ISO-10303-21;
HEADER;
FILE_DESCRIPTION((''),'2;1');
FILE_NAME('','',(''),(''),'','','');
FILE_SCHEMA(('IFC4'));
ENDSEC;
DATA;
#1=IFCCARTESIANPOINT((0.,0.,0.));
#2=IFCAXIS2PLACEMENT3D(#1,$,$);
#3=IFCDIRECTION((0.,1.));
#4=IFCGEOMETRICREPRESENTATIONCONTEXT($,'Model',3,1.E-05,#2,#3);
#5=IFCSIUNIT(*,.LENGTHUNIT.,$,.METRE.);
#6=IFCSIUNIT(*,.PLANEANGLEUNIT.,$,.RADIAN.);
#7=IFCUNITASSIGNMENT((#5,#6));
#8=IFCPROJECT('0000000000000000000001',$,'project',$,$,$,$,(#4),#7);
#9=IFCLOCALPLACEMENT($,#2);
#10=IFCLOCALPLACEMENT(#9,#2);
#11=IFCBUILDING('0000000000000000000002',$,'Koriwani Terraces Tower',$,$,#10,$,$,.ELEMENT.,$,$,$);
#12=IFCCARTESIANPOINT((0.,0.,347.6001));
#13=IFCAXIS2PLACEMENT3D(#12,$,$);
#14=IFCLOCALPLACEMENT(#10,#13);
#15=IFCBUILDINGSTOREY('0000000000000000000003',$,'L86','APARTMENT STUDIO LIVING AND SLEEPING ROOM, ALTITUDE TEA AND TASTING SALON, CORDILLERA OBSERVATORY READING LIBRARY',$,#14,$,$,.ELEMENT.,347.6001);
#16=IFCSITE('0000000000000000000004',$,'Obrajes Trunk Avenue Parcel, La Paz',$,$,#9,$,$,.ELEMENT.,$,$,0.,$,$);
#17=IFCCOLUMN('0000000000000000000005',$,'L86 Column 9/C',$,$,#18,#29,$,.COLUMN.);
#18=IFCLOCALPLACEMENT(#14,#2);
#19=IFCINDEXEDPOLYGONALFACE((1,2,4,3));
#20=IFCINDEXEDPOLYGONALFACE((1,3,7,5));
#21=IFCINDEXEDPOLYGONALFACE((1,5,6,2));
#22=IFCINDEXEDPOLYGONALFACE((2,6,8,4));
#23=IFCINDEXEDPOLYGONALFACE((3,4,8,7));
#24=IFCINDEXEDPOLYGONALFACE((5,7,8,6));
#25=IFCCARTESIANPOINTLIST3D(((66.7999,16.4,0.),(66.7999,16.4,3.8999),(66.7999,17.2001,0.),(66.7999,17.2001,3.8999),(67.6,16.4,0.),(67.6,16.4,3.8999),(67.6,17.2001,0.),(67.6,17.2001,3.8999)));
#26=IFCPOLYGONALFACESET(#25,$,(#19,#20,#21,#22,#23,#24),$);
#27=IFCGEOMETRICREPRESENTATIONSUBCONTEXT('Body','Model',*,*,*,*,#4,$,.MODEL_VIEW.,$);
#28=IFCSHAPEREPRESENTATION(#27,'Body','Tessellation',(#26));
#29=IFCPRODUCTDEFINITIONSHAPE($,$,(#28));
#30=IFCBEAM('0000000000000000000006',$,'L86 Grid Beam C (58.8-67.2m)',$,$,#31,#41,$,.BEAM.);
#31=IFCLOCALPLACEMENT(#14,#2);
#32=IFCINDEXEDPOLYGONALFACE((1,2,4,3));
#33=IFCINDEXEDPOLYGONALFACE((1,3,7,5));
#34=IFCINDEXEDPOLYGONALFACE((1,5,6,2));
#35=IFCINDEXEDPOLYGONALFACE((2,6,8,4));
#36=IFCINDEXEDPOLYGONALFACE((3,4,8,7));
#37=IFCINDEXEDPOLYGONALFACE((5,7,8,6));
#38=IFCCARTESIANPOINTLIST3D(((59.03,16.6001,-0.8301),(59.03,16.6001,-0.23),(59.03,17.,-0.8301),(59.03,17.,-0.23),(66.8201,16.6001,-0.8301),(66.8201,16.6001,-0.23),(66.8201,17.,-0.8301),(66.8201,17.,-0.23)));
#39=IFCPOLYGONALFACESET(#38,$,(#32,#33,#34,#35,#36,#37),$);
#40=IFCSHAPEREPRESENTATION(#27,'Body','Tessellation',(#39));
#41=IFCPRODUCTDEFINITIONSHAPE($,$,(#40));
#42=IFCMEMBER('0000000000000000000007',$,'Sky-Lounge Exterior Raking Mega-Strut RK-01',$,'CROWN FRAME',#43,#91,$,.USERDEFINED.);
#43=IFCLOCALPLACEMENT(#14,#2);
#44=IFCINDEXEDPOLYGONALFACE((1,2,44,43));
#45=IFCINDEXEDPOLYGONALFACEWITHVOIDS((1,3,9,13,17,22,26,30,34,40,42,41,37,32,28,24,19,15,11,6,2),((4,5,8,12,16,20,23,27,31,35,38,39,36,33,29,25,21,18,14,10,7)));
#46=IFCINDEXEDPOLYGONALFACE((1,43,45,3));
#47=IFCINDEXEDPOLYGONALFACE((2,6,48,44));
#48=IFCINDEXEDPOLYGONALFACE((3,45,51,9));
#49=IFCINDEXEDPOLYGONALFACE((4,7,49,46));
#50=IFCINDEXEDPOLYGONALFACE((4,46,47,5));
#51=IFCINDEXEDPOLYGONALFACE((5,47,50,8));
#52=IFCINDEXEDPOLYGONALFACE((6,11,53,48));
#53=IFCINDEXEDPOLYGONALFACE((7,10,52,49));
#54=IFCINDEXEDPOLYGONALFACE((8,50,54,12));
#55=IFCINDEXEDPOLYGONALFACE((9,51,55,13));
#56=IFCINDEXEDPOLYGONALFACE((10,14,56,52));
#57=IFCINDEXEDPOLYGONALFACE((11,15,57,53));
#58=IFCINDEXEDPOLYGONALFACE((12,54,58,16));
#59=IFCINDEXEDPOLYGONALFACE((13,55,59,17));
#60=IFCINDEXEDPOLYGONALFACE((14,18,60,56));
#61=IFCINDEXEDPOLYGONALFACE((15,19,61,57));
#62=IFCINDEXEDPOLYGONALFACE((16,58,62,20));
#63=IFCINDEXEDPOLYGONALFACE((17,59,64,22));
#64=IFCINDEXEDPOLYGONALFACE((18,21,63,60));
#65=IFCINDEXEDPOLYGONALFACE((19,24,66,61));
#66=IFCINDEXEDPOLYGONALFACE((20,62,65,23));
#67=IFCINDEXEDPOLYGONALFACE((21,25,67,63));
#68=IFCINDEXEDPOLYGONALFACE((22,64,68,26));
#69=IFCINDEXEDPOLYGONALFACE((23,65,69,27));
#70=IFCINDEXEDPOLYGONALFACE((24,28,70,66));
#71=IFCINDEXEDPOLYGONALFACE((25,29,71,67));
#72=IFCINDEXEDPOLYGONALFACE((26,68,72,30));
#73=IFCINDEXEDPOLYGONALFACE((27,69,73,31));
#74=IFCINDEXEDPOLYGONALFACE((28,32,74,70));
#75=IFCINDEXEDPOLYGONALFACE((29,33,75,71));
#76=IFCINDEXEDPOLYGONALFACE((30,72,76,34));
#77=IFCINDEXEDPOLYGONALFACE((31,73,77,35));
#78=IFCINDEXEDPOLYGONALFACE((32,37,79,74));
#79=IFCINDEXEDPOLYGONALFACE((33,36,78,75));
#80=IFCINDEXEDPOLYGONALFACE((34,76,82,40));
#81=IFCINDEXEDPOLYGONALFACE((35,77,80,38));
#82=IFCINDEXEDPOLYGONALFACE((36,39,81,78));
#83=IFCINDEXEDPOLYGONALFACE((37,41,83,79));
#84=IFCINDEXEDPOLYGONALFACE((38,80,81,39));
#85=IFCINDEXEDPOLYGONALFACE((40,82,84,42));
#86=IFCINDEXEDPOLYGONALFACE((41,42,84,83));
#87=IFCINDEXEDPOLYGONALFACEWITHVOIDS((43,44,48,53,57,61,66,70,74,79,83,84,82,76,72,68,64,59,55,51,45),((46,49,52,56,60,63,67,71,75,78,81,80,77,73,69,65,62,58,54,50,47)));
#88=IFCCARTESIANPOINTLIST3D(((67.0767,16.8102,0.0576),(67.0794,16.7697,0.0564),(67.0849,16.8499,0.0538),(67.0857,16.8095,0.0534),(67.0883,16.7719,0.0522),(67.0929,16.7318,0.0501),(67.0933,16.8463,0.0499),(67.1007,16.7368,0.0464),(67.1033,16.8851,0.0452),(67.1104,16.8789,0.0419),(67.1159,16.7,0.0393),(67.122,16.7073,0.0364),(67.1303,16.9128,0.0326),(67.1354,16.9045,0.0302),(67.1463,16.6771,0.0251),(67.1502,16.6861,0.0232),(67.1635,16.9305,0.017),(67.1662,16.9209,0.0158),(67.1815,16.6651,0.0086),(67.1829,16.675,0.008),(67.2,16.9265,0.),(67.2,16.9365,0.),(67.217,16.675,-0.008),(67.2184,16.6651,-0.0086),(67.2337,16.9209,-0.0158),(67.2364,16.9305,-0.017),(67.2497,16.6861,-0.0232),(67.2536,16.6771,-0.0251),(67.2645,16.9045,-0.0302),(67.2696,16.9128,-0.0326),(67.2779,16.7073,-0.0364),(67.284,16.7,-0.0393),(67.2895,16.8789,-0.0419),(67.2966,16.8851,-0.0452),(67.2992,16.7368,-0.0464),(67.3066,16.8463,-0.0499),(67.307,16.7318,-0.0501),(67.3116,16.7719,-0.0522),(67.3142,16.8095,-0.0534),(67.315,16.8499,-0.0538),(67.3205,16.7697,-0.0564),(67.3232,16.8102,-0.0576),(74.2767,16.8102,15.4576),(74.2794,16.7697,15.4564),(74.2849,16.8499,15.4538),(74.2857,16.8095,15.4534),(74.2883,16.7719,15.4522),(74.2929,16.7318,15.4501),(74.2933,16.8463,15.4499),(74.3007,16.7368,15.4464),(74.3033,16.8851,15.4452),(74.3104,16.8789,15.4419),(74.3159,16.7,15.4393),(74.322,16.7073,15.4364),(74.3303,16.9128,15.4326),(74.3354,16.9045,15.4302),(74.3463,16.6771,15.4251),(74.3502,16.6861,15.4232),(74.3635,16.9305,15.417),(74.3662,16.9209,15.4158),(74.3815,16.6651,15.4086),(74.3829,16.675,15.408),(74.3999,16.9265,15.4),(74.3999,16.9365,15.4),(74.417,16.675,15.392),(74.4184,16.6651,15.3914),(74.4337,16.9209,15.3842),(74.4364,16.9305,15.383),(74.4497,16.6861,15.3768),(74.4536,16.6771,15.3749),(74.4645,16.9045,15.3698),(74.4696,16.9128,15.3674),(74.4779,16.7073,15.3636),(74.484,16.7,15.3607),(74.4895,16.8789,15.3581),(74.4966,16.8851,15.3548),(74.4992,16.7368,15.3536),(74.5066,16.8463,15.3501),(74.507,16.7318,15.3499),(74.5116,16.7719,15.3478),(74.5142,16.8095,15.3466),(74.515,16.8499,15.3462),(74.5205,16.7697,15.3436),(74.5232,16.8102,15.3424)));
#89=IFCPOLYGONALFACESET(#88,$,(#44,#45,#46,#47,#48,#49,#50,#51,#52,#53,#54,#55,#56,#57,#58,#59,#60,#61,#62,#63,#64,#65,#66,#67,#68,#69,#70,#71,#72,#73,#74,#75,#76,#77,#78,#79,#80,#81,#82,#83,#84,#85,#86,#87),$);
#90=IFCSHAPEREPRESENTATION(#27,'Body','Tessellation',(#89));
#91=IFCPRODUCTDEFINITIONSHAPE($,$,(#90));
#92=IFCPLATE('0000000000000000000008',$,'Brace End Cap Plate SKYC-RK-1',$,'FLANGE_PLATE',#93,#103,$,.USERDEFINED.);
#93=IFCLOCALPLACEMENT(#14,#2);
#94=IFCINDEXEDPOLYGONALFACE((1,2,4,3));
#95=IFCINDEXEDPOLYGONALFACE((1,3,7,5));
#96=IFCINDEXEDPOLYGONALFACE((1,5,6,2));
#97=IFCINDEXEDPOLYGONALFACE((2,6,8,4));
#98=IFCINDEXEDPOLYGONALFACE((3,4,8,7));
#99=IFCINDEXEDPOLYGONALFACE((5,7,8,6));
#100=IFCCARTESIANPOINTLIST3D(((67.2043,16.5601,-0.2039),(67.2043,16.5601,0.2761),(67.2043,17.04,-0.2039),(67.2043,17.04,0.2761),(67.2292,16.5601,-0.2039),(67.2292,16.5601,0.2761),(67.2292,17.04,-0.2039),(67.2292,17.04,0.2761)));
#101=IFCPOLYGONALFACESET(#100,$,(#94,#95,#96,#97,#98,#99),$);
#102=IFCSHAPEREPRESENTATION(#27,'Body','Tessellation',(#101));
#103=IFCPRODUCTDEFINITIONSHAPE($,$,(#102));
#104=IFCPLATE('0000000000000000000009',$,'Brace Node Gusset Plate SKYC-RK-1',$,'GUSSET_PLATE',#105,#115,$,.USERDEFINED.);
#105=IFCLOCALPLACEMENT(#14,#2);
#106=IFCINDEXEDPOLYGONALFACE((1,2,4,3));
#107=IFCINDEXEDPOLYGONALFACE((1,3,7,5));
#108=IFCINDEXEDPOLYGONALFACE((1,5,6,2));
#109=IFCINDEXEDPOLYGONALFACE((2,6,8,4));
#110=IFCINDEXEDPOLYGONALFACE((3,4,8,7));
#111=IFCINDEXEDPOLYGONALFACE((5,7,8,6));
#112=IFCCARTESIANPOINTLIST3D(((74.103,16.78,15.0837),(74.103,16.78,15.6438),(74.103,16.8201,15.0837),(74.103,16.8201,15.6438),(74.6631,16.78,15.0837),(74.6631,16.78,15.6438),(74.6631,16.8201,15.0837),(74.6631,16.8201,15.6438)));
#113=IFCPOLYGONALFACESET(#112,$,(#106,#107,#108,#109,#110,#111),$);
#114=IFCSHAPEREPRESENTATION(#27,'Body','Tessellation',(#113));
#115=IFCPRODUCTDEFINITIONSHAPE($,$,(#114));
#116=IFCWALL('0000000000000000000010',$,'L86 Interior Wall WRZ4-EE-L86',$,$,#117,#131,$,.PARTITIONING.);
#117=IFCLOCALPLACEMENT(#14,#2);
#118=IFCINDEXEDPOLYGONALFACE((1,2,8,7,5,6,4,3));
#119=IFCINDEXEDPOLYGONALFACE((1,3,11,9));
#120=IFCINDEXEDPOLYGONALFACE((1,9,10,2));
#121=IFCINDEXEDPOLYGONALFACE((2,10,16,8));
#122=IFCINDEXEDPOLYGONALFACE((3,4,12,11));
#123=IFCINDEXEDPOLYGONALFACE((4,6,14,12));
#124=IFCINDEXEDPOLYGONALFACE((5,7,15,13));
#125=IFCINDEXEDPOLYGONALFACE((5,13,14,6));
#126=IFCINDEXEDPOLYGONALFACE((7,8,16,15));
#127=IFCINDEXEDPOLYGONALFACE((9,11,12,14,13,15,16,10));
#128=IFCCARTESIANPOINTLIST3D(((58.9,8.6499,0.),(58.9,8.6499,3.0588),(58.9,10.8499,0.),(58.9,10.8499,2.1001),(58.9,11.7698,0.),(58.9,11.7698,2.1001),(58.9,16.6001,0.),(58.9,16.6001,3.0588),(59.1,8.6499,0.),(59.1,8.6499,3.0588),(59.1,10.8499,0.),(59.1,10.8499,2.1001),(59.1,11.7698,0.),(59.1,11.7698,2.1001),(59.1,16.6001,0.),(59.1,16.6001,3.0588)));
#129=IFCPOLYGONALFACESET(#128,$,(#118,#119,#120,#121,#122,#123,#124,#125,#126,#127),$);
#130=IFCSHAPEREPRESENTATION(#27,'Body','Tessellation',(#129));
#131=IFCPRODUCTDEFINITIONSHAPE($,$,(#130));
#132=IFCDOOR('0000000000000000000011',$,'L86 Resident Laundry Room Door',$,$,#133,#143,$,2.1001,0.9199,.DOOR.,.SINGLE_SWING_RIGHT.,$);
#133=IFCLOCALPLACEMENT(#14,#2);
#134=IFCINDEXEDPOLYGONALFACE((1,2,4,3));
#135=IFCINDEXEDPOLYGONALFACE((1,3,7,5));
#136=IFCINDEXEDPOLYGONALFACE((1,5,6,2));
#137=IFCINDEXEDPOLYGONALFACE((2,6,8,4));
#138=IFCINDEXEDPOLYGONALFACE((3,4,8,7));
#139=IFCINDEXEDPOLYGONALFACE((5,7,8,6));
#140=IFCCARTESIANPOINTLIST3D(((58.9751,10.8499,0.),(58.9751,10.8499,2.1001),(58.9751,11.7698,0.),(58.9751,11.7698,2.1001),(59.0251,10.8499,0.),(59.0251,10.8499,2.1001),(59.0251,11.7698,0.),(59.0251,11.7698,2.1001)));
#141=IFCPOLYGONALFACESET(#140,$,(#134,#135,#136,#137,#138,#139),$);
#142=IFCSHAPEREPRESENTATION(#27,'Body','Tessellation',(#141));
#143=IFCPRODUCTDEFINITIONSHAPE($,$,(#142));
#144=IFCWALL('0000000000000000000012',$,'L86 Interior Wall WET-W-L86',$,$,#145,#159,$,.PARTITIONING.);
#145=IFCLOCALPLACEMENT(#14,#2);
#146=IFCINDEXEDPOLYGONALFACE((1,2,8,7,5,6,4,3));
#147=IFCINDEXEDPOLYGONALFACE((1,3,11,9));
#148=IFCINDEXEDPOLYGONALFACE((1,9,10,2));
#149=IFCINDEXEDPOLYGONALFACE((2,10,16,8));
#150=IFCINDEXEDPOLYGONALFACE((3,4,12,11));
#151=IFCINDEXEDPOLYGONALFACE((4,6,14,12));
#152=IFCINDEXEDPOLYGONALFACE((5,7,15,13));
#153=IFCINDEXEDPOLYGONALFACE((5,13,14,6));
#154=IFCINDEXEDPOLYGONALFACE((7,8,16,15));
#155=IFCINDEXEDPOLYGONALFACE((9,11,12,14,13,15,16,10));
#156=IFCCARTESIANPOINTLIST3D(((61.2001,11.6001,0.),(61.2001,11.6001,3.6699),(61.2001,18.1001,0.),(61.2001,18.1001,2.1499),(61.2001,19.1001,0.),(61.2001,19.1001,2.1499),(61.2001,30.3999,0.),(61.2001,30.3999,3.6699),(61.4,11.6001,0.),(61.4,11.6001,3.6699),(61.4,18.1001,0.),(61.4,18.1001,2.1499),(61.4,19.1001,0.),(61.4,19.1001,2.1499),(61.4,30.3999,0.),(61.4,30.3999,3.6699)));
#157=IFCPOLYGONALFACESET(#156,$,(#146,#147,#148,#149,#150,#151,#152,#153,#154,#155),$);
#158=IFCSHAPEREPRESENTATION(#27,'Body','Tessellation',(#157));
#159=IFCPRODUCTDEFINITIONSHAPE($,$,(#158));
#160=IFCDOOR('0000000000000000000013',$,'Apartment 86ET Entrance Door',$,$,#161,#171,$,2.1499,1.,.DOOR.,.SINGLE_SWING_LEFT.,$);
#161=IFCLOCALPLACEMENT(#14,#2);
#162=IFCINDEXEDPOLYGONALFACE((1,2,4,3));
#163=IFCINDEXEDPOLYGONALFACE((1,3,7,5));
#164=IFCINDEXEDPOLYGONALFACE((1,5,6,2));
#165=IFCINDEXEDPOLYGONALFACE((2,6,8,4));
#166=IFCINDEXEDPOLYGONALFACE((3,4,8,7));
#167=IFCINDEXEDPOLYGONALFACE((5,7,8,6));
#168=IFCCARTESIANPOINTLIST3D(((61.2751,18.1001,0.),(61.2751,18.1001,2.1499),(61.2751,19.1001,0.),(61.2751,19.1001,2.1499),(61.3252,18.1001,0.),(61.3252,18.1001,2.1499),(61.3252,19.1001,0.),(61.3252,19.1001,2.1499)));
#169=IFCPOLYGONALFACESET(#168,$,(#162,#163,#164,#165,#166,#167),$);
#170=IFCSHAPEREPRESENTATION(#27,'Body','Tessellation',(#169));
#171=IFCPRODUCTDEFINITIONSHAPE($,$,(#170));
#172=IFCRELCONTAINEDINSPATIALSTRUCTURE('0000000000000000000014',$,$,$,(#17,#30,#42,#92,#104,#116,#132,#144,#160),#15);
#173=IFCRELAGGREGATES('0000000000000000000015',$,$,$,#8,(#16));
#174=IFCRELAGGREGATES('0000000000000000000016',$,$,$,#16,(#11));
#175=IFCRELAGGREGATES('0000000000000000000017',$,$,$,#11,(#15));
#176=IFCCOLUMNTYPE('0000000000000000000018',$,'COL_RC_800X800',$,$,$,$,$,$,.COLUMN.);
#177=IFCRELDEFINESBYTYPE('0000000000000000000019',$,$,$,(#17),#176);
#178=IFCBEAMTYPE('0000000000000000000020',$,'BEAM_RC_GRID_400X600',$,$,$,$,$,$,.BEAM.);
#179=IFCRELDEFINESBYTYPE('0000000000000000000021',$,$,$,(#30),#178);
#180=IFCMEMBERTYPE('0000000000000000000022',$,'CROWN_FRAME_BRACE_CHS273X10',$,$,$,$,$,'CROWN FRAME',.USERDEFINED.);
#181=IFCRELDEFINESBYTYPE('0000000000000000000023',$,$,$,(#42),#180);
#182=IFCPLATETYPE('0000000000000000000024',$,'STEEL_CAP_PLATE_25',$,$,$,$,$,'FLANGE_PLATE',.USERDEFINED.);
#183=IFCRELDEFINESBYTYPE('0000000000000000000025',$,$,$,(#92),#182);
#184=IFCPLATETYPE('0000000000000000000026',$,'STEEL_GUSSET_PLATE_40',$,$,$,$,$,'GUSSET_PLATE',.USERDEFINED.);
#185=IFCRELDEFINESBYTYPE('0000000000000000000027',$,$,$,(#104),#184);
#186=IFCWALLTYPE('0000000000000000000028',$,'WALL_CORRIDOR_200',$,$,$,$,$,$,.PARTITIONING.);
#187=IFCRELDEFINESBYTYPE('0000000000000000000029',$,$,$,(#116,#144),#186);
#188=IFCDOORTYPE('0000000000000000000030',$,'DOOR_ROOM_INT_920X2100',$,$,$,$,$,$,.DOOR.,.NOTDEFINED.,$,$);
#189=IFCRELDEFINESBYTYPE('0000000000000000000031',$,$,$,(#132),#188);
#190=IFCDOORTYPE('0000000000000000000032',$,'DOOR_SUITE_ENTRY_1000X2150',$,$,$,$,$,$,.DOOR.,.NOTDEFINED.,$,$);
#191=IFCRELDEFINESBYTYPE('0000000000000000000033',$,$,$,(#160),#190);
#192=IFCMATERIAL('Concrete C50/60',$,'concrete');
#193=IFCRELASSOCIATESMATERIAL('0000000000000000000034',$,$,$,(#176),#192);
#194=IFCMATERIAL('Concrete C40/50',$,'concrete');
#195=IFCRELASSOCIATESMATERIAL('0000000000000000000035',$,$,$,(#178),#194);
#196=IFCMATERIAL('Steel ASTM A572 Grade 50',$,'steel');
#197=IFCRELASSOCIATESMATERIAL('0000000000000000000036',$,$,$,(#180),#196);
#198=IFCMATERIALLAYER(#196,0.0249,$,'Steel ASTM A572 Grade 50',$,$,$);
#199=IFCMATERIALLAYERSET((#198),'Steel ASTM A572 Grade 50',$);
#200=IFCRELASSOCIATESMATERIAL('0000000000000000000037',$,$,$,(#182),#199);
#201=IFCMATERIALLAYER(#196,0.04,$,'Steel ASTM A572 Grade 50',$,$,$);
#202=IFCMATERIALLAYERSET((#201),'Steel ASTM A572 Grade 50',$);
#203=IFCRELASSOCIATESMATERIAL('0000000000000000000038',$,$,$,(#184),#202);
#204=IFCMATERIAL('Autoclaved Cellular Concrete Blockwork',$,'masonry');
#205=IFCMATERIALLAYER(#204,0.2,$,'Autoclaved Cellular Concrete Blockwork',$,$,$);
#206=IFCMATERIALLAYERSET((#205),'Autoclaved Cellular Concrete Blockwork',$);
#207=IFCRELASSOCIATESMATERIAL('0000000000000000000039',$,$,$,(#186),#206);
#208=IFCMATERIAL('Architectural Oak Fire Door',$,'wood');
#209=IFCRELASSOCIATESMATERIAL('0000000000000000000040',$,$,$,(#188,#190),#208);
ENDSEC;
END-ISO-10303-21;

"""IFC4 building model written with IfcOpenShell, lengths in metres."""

from ifc_helpers import new_model, si_unit, direction, frame, frame_2d, origin, origin_2d, place, context, subcontext, project, spatial, rectangle, hollow_circle, extrude, material, layer, layer_set, material_profile, profile_set, type_object, element, fill, save


model = new_model("IFC4")

# Units and contexts
model_context = context("Model", 3, precision=1e-05, world=origin(), true_north=direction((0.0, 1.0)))
body_context = subcontext(model_context, "Body", "Model", "MODEL_VIEW")
ifc_project = project(units=[si_unit("LENGTHUNIT", "METRE"), si_unit("PLANEANGLEUNIT", "RADIAN")], contexts=[model_context])

# Site, building, storey
site_placement = place(None, origin())
site = spatial("IfcSite", under=ifc_project, at=site_placement, Name="Obrajes Trunk Avenue Parcel, La Paz", CompositionType="ELEMENT", RefElevation=0.0)
building_placement = place(site_placement, origin())
building = spatial("IfcBuilding", under=site, at=building_placement, Name="Koriwani Terraces Tower", CompositionType="ELEMENT")
storey_placement = place(building_placement, frame((0.0, 0.0, 347.6001)))
storey = spatial("IfcBuildingStorey", under=building, at=storey_placement, Name="L86", Description="APARTMENT STUDIO LIVING AND SLEEPING ROOM, ALTITUDE TEA AND TASTING SALON, CORDILLERA OBSERVATORY READING LIBRARY", CompositionType="ELEMENT", Elevation=347.6001)

# Column
ifc_material_1 = material(Name="Concrete C50/60", Category="concrete")
ifc_material_profile_1 = material_profile(ifc_material_1, rectangle(XDim=0.8, YDim=0.8, at=origin_2d()), Name="Concrete C50/60", Category="LoadBearing")
ifc_profile_set_1 = profile_set([ifc_material_profile_1], Name="Concrete C50/60")
column_type = type_object("IfcColumnType", Name="COL_RC_800X800", PredefinedType="COLUMN", material=ifc_profile_set_1)
column_placement = place(storey_placement, frame((67.2, 16.8, 0.0), z_axis=(0.0, 0.0, 1.0), x_axis=(1.0, 0.0, 0.0)))
element("IfcColumn", 1, at=column_placement, inside=storey, type_object=column_type, Name="L86 Column 9/C", PredefinedType="COLUMN", context=body_context, shape_type="SweptSolid", body=[
    extrude(rectangle(XDim=0.8, YDim=0.8, at=origin_2d()), origin(), (0.0, 0.0, 1.0), 3.8999),
])

# Beam
ifc_material_2 = material(Name="Concrete C40/50", Category="concrete")
ifc_material_profile_2 = material_profile(ifc_material_2, rectangle(XDim=0.3999, YDim=0.6001, at=origin_2d()), Name="Concrete C40/50", Category="LoadBearing")
ifc_profile_set_2 = profile_set([ifc_material_profile_2], Name="Concrete C40/50")
beam_type = type_object("IfcBeamType", Name="BEAM_RC_GRID_400X600", PredefinedType="BEAM", material=ifc_profile_set_2)
beam_placement = place(storey_placement, frame((59.03, 16.8, -0.53), z_axis=(1.0, 0.0, 0.0), x_axis=(0.0, 1.0, 0.0)))
element("IfcBeam", 2, at=beam_placement, inside=storey, type_object=beam_type, Name="L86 Grid Beam C (58.8-67.2m)", PredefinedType="BEAM", context=body_context, shape_type="SweptSolid", body=[
    extrude(rectangle(XDim=0.3999, YDim=0.6001, at=origin_2d()), origin(), (0.0, 0.0, 1.0), 7.79),
])

# Member
ifc_material_3 = material(Name="Steel ASTM A572 Grade 50", Category="steel")
ifc_material_profile_3 = material_profile(ifc_material_3, hollow_circle(Radius=0.1365, WallThickness=0.01, at=origin_2d()), Name="Steel ASTM A572 Grade 50", Category="LoadBearing")
ifc_profile_set_3 = profile_set([ifc_material_profile_3], Name="Steel ASTM A572 Grade 50")
member_type = type_object("IfcMemberType", Name="CROWN_FRAME_BRACE_CHS273X10", ElementType="CROWN FRAME", PredefinedType="USERDEFINED", material=ifc_profile_set_3)
member_placement = place(storey_placement, frame((67.2, 16.8, 0.0), z_axis=(0.423529, 0.0, 0.905882), x_axis=(0.0, 1.0, 0.0)))
element("IfcMember", 3, at=member_placement, inside=storey, type_object=member_type, Name="Sky-Lounge Exterior Raking Mega-Strut RK-01", ObjectType="CROWN FRAME", PredefinedType="USERDEFINED", context=body_context, shape_type="SweptSolid", body=[
    extrude(hollow_circle(Radius=0.1365, WallThickness=0.01, at=origin_2d()), origin(), (0.0, 0.0, 1.0), 17.0),
])

# Plates
ifc_layer_1 = layer(ifc_material_3, 0.0249, Name="Steel ASTM A572 Grade 50")
ifc_layer_set_1 = layer_set([ifc_layer_1], Name="Steel ASTM A572 Grade 50")
plate_type_1 = type_object("IfcPlateType", Name="STEEL_CAP_PLATE_25", ElementType="FLANGE_PLATE", PredefinedType="USERDEFINED", material=ifc_layer_set_1)
plate_1_placement = place(storey_placement, frame((67.2168, 16.8, -0.2039), z_axis=(0.0, 0.0, 1.0), x_axis=(1.0, 0.0, 0.0)))
element("IfcPlate", 4, at=plate_1_placement, inside=storey, type_object=plate_type_1, Name="Brace End Cap Plate SKYC-RK-1", ObjectType="FLANGE_PLATE", PredefinedType="USERDEFINED", context=body_context, shape_type="SweptSolid", body=[
    extrude(rectangle(XDim=0.0249, YDim=0.48, at=origin_2d()), origin(), (0.0, 0.0, 1.0), 0.48),
])
ifc_layer_2 = layer(ifc_material_3, 0.04, Name="Steel ASTM A572 Grade 50")
ifc_layer_set_2 = layer_set([ifc_layer_2], Name="Steel ASTM A572 Grade 50")
plate_type_2 = type_object("IfcPlateType", Name="STEEL_GUSSET_PLATE_40", ElementType="GUSSET_PLATE", PredefinedType="USERDEFINED", material=ifc_layer_set_2)
plate_2_placement = place(storey_placement, frame((74.3831, 16.8, 15.0837), z_axis=(0.0, 0.0, 1.0), x_axis=(1.0, 0.0, 0.0)))
element("IfcPlate", 5, at=plate_2_placement, inside=storey, type_object=plate_type_2, Name="Brace Node Gusset Plate SKYC-RK-1", ObjectType="GUSSET_PLATE", PredefinedType="USERDEFINED", context=body_context, shape_type="SweptSolid", body=[
    extrude(rectangle(XDim=0.5601, YDim=0.04, at=origin_2d()), origin(), (0.0, 0.0, 1.0), 0.5601),
])

# Walls, openings, doors
ifc_material_4 = material(Name="Autoclaved Cellular Concrete Blockwork", Category="masonry")
ifc_layer_3 = layer(ifc_material_4, 0.2, Name="Autoclaved Cellular Concrete Blockwork")
ifc_layer_set_3 = layer_set([ifc_layer_3], Name="Autoclaved Cellular Concrete Blockwork")
wall_type_1 = type_object("IfcWallType", Name="WALL_CORRIDOR_200", PredefinedType="PARTITIONING", material=ifc_layer_set_3)
wall_1_placement = place(storey_placement, frame((59.0, 8.6499, 0.0), z_axis=(0.0, 0.0, 1.0), x_axis=(0.0, 1.0, 0.0)))
wall_1 = element("IfcWall", 6, at=wall_1_placement, inside=storey, type_object=wall_type_1, Name="L86 Interior Wall WRZ4-EE-L86", PredefinedType="PARTITIONING", context=body_context, shape_type="SweptSolid", body=[
    extrude(rectangle(XDim=7.9502, YDim=0.2, at=frame_2d((3.9751, 0.0))), origin(), (0.0, 0.0, 1.0), 3.0588),
])
opening_1_placement = place(wall_1_placement, frame((2.2, 0.0, 0.0)))
opening_1 = element("IfcOpeningElement", 7, at=opening_1_placement, cuts=wall_1, PredefinedType="OPENING", context=body_context, shape_type="SweptSolid", body=[
    extrude(rectangle(XDim=0.9199, YDim=2.1001, at=frame_2d((0.46, 1.05))), frame((0.0, 0.1099, 0.0), z_axis=(0.0, -1.0, 0.0), x_axis=(1.0, 0.0, 0.0)), (0.0, 0.0, 1.0), 0.22),
])
ifc_material_5 = material(Name="Architectural Oak Fire Door", Category="wood")
door_type_1 = type_object("IfcDoorType", Name="DOOR_ROOM_INT_920X2100", OperationType="NOTDEFINED", PredefinedType="DOOR", material=ifc_material_5)
door_1_placement = place(opening_1_placement, origin())
door_1 = element("IfcDoor", 8, at=door_1_placement, inside=storey, type_object=door_type_1, Name="L86 Resident Laundry Room Door", OperationType="SINGLE_SWING_RIGHT", OverallHeight=2.1001, OverallWidth=0.9199, PredefinedType="DOOR", context=body_context, shape_type="SweptSolid", body=[
    extrude(rectangle(XDim=0.9199, YDim=2.1001, at=frame_2d((0.46, 1.05))), frame((0.0, 0.0249, 0.0), z_axis=(0.0, -1.0, 0.0), x_axis=(1.0, 0.0, 0.0)), (0.0, 0.0, 1.0), 0.05),
])
fill(opening_1, door_1)
wall_2_placement = place(storey_placement, frame((61.3, 11.6001, 0.0), z_axis=(0.0, 0.0, 1.0), x_axis=(0.0, 1.0, 0.0)))
wall_2 = element("IfcWall", 9, at=wall_2_placement, inside=storey, type_object=wall_type_1, Name="L86 Interior Wall WET-W-L86", PredefinedType="PARTITIONING", context=body_context, shape_type="SweptSolid", body=[
    extrude(rectangle(XDim=18.7998, YDim=0.2, at=frame_2d((9.3999, 0.0))), origin(), (0.0, 0.0, 1.0), 3.6699),
])
opening_2_placement = place(wall_2_placement, frame((6.5, 0.0, 0.0)))
opening_2 = element("IfcOpeningElement", 10, at=opening_2_placement, cuts=wall_2, PredefinedType="OPENING", context=body_context, shape_type="SweptSolid", body=[
    extrude(rectangle(XDim=1.0, YDim=2.1499, at=frame_2d((0.5, 1.075))), frame((0.0, 0.1099, 0.0), z_axis=(0.0, -1.0, 0.0), x_axis=(1.0, 0.0, 0.0)), (0.0, 0.0, 1.0), 0.22),
])
door_type_2 = type_object("IfcDoorType", Name="DOOR_SUITE_ENTRY_1000X2150", OperationType="NOTDEFINED", PredefinedType="DOOR", material=ifc_material_5)
door_2_placement = place(opening_2_placement, origin())
door_2 = element("IfcDoor", 11, at=door_2_placement, inside=storey, type_object=door_type_2, Name="Apartment 86ET Entrance Door", OperationType="SINGLE_SWING_LEFT", OverallHeight=2.1499, OverallWidth=1.0, PredefinedType="DOOR", context=body_context, shape_type="SweptSolid", body=[
    extrude(rectangle(XDim=1.0, YDim=2.1499, at=frame_2d((0.5, 1.075))), frame((0.0, 0.0249, 0.0), z_axis=(0.0, -1.0, 0.0), x_axis=(1.0, 0.0, 0.0)), (0.0, 0.0, 1.0), 0.05),
])
fill(opening_2, door_2)

save(model, "model.ifc")
